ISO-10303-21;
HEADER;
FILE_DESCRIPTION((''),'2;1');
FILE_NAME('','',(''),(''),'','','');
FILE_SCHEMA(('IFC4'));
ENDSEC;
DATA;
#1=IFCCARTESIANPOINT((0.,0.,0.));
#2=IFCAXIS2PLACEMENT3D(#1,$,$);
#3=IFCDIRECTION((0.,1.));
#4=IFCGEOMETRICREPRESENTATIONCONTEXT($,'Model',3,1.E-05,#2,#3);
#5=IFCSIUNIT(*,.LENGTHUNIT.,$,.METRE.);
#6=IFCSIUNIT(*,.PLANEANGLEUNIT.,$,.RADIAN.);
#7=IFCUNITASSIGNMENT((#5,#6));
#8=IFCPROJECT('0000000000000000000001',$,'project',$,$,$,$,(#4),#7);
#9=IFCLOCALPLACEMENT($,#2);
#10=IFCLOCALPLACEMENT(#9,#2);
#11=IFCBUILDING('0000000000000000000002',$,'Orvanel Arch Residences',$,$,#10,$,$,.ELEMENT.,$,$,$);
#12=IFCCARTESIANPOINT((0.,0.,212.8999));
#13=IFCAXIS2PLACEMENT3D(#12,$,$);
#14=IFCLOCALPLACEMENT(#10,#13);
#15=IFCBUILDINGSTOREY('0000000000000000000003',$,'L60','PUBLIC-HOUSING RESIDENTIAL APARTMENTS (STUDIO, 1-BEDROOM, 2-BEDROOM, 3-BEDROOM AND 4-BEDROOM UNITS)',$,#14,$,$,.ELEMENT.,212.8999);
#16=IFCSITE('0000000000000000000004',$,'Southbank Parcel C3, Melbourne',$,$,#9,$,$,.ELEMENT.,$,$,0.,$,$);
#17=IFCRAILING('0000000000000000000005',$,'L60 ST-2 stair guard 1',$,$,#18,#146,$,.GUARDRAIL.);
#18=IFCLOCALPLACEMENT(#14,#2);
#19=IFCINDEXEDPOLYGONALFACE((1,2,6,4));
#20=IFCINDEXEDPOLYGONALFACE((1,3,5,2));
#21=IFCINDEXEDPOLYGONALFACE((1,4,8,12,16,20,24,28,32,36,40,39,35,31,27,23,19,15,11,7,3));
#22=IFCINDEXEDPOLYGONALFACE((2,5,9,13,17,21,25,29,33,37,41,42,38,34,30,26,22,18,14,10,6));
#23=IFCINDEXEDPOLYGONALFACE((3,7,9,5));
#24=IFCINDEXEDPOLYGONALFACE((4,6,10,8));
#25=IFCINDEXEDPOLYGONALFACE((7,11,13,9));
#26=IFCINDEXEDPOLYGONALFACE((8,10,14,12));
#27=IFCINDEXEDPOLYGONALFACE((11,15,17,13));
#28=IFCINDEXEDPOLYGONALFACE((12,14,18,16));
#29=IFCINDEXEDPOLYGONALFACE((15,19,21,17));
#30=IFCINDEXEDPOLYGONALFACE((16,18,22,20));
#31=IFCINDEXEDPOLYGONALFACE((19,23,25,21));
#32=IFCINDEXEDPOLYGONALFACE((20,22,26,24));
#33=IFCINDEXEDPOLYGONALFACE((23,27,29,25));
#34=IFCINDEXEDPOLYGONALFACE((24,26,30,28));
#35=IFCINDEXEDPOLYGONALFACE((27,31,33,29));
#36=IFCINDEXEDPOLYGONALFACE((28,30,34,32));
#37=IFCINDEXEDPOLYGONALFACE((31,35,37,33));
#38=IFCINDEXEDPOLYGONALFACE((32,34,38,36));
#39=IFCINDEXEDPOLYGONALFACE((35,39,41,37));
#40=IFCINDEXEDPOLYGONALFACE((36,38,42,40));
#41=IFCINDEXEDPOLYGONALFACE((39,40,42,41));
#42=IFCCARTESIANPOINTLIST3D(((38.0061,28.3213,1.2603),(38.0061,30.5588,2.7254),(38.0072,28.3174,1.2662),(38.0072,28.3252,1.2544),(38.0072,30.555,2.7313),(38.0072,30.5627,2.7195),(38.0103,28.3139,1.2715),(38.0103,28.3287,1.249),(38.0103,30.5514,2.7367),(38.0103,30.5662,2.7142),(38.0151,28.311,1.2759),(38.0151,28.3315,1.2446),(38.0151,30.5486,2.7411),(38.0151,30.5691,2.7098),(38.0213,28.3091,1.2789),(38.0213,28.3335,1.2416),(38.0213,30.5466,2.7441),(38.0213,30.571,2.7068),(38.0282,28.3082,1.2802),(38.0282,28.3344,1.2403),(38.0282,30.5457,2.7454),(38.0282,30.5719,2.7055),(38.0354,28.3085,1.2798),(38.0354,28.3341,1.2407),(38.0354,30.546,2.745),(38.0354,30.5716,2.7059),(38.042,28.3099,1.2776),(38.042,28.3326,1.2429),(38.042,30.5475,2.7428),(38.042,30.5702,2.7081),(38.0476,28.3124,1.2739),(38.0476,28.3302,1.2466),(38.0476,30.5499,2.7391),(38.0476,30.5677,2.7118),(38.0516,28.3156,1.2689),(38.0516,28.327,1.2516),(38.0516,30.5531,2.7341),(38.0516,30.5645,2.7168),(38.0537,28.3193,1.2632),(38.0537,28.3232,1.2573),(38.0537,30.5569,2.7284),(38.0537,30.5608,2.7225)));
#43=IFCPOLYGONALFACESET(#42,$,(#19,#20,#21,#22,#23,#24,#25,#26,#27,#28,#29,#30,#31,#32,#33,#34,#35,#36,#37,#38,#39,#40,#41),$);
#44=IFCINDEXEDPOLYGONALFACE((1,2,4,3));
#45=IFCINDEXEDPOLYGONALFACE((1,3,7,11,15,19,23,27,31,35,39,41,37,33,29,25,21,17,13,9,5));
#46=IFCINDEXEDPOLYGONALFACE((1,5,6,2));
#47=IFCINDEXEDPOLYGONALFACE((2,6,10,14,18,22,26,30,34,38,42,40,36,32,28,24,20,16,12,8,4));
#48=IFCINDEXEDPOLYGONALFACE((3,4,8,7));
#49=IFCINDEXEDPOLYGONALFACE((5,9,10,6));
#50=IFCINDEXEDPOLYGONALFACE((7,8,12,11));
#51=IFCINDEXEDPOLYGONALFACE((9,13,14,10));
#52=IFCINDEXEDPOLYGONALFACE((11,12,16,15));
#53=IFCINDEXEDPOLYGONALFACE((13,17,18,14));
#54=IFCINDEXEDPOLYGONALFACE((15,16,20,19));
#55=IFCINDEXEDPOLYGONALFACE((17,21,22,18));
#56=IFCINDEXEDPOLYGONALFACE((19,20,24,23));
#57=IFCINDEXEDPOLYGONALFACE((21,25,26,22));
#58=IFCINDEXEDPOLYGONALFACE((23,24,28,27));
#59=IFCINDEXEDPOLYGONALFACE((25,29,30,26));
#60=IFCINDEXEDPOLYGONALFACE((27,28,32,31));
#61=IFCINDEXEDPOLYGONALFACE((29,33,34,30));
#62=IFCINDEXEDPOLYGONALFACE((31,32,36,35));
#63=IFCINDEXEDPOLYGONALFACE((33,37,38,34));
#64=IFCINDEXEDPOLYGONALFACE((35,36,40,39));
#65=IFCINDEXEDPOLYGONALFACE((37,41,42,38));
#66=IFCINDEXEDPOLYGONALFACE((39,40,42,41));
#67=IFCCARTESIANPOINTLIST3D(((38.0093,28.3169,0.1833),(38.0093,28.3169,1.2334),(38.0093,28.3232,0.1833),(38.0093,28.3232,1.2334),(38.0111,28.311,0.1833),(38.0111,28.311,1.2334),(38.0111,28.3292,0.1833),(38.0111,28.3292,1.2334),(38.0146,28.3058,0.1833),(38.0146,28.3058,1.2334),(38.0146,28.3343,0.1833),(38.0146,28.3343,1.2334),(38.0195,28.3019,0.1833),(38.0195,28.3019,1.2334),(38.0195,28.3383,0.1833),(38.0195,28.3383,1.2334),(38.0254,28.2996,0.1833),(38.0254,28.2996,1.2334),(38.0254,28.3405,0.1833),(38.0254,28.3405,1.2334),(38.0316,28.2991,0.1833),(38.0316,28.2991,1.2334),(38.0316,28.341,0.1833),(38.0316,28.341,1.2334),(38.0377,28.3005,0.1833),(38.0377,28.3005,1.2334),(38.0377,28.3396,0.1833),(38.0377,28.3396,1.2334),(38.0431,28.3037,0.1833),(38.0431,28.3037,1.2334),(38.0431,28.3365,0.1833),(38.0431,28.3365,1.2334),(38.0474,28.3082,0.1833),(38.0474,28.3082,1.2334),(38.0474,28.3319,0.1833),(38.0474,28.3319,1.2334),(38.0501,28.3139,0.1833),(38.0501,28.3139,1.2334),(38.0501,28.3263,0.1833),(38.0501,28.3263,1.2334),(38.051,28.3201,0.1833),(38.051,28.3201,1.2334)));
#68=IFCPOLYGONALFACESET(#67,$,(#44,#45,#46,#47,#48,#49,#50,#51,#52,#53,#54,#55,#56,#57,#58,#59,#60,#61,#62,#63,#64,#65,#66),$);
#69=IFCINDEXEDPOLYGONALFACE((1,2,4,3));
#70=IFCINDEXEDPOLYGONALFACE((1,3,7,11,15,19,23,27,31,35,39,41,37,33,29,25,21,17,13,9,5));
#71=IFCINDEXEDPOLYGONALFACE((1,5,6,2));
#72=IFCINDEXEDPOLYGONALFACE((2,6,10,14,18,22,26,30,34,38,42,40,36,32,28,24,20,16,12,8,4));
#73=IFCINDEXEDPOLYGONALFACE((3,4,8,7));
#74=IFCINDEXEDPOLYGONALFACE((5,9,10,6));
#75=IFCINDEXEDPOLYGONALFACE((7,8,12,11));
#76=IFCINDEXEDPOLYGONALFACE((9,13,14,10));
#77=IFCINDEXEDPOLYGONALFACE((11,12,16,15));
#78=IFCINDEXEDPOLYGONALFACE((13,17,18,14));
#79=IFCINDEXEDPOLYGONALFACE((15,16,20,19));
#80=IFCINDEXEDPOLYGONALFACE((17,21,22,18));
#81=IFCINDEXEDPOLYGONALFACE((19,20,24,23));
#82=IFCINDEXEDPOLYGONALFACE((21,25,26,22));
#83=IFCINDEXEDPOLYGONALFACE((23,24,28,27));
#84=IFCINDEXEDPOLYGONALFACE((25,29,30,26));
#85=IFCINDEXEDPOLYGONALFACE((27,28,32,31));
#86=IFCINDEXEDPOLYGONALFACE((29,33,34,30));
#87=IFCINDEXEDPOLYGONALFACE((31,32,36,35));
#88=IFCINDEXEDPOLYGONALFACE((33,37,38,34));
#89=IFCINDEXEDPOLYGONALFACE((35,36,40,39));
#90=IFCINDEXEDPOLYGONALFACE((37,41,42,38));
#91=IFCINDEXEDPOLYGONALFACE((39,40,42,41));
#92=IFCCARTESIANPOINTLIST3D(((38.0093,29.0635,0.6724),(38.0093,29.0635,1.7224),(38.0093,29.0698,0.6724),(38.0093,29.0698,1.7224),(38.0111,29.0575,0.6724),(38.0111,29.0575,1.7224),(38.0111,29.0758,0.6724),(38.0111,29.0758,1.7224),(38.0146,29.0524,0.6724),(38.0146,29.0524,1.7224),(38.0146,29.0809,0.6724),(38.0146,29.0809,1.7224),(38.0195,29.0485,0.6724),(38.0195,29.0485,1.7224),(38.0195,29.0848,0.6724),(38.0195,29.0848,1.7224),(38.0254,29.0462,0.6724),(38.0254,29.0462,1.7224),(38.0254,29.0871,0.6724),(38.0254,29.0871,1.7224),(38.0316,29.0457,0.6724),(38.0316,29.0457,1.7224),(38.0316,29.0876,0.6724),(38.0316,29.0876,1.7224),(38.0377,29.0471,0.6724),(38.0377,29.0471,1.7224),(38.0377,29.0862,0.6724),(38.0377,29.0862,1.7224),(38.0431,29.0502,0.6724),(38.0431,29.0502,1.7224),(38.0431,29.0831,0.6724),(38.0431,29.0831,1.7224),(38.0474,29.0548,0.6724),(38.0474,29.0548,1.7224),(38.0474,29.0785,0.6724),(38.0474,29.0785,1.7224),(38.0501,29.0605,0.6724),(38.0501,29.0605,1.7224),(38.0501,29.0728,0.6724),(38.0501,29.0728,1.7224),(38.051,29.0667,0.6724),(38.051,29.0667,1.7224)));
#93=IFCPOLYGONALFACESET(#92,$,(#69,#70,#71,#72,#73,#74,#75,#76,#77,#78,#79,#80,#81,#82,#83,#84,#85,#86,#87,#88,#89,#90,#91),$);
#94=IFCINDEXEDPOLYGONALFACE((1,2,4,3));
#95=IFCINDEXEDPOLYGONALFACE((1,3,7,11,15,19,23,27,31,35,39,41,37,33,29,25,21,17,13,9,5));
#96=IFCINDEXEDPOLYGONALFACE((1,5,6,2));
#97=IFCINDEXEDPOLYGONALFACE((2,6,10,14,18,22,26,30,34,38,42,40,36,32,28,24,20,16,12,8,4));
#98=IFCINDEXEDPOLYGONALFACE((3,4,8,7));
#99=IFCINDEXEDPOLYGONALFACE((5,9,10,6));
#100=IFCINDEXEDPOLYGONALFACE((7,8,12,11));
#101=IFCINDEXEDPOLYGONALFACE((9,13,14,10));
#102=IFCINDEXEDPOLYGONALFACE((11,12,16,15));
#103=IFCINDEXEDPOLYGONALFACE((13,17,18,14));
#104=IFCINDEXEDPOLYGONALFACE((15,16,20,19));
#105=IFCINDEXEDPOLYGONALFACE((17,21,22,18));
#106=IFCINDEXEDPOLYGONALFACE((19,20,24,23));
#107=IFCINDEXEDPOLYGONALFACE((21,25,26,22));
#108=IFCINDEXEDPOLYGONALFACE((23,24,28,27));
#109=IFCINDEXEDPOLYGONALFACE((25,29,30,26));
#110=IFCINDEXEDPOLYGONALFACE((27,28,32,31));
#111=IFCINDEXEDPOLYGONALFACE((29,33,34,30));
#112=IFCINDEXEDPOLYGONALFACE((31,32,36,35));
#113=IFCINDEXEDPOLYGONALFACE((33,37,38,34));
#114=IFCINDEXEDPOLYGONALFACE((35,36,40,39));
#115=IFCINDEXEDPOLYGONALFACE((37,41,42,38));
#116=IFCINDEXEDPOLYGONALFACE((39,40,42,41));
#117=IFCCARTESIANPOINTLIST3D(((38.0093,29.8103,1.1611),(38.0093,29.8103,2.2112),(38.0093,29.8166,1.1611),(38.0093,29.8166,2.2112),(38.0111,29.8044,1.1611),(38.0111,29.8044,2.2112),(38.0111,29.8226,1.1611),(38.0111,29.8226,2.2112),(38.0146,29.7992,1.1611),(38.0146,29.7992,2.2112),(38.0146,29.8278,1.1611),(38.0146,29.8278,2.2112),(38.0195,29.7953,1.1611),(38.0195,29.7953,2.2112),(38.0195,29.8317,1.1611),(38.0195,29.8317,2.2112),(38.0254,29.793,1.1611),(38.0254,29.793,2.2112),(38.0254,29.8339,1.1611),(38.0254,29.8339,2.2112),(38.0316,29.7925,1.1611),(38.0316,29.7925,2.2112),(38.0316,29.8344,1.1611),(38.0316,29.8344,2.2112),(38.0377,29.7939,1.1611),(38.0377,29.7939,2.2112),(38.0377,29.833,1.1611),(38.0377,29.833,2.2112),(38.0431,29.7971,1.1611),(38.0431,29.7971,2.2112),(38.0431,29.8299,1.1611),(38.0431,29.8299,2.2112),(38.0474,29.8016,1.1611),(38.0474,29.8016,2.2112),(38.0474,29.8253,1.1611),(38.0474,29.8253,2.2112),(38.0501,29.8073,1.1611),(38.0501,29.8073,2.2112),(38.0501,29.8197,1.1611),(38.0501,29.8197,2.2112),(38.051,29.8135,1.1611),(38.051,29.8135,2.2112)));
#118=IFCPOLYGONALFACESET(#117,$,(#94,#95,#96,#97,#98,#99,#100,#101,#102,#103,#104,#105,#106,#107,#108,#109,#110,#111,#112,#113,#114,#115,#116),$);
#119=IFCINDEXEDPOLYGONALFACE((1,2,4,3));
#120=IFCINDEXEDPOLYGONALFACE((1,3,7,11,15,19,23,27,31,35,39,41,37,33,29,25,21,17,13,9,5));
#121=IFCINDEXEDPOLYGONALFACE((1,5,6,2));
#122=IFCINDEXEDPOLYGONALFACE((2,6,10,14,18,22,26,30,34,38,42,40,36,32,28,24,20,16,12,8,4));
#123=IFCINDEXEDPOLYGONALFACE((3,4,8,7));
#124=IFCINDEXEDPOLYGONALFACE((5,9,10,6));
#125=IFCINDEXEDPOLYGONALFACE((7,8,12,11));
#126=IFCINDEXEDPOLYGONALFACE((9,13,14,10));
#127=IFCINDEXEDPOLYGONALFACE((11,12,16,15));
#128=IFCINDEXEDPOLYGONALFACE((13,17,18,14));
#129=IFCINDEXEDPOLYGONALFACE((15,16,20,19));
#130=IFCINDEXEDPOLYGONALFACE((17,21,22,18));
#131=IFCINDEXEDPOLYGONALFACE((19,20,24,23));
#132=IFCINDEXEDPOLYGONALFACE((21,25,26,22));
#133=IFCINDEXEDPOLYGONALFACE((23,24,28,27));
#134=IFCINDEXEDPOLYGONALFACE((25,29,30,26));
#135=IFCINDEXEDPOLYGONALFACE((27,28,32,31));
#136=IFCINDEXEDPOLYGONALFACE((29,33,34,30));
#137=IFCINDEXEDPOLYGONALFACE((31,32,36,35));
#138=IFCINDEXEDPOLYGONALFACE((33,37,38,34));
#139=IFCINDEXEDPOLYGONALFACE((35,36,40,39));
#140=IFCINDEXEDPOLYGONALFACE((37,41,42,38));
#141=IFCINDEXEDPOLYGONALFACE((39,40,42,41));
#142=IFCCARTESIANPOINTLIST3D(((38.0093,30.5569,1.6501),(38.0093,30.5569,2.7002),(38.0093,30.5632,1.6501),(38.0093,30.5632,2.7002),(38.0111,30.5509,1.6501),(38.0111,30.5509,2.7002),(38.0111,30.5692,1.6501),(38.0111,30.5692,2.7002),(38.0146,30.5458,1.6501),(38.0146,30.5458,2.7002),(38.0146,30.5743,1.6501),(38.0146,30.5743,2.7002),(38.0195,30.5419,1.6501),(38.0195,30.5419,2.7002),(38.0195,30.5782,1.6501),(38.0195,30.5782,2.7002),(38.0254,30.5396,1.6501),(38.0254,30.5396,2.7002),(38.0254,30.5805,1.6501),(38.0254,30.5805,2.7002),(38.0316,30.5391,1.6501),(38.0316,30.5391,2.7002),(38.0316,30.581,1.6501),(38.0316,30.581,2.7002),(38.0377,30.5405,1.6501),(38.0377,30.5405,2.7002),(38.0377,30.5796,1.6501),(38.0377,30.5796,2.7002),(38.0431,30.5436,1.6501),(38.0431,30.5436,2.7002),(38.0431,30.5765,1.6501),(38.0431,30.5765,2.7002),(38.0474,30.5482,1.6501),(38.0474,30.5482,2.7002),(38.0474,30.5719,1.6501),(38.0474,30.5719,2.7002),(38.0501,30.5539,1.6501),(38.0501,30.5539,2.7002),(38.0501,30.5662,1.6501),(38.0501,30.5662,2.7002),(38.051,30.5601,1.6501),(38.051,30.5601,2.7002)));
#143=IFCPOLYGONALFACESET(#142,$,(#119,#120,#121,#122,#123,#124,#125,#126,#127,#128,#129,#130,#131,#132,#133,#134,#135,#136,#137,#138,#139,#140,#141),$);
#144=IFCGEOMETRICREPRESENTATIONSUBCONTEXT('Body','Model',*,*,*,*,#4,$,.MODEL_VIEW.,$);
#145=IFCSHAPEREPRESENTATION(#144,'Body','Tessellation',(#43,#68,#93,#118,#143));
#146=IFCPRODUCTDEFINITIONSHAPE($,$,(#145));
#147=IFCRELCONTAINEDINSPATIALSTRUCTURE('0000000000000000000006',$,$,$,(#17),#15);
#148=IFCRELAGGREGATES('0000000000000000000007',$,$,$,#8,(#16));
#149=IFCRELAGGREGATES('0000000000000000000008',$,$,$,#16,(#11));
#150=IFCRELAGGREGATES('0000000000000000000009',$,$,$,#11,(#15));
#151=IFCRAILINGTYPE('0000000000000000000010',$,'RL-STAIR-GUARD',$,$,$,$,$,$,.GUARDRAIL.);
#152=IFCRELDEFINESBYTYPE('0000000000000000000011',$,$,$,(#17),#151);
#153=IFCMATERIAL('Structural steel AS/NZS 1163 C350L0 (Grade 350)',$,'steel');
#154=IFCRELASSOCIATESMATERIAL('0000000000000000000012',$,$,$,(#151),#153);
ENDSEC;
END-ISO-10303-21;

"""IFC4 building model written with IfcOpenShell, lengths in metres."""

from ifc_helpers import new_model, si_unit, direction, frame, origin, origin_2d, place, context, subcontext, project, spatial, circle, extrude, material, type_object, element, save


model = new_model("IFC4")

# Units and contexts
model_context = context("Model", 3, precision=1e-05, world=origin(), true_north=direction((0.0, 1.0)))
body_context = subcontext(model_context, "Body", "Model", "MODEL_VIEW")
ifc_project = project(units=[si_unit("LENGTHUNIT", "METRE"), si_unit("PLANEANGLEUNIT", "RADIAN")], contexts=[model_context])

# Site, building, storey
site_placement = place(None, origin())
site = spatial("IfcSite", under=ifc_project, at=site_placement, Name="Southbank Parcel C3, Melbourne", CompositionType="ELEMENT", RefElevation=0.0)
building_placement = place(site_placement, origin())
building = spatial("IfcBuilding", under=site, at=building_placement, Name="Orvanel Arch Residences", CompositionType="ELEMENT")
storey_placement = place(building_placement, frame((0.0, 0.0, 212.8999)))
storey = spatial("IfcBuildingStorey", under=building, at=storey_placement, Name="L60", Description="PUBLIC-HOUSING RESIDENTIAL APARTMENTS (STUDIO, 1-BEDROOM, 2-BEDROOM, 3-BEDROOM AND 4-BEDROOM UNITS)", CompositionType="ELEMENT", Elevation=212.8999)

# Railing
ifc_material_1 = material(Name="Structural steel AS/NZS 1163 C350L0 (Grade 350)", Category="steel")
railing_type_1 = type_object("IfcRailingType", Name="RL-STAIR-GUARD", PredefinedType="GUARDRAIL", material=ifc_material_1)
railing_1_placement = place(storey_placement, frame((38.03, 28.3201, 0.1833)))
element("IfcRailing", 1, at=railing_1_placement, inside=storey, type_object=railing_type_1, Name="L60 ST-2 stair guard 1", PredefinedType="GUARDRAIL", context=body_context, shape_type="SweptSolid", body=[
    extrude(circle(Radius=0.0239, at=origin_2d()), frame((0.0, 0.0012, 1.0769), z_axis=(0.0, 0.836595, 0.547822), x_axis=(-1.0, 0.0, 0.0)), (0.0, 0.0, 1.0), 2.6746),
    extrude(circle(Radius=0.021, at=origin_2d()), origin(), (0.0, 0.0, 1.0), 1.05),
    extrude(circle(Radius=0.021, at=origin_2d()), frame((0.0, 0.7466, 0.489)), (0.0, 0.0, 1.0), 1.05),
    extrude(circle(Radius=0.021, at=origin_2d()), frame((0.0, 1.4934, 0.9778)), (0.0, 0.0, 1.0), 1.05),
    extrude(circle(Radius=0.021, at=origin_2d()), frame((0.0, 2.24, 1.4668)), (0.0, 0.0, 1.0), 1.05),
])

save(model, "model.ifc")
